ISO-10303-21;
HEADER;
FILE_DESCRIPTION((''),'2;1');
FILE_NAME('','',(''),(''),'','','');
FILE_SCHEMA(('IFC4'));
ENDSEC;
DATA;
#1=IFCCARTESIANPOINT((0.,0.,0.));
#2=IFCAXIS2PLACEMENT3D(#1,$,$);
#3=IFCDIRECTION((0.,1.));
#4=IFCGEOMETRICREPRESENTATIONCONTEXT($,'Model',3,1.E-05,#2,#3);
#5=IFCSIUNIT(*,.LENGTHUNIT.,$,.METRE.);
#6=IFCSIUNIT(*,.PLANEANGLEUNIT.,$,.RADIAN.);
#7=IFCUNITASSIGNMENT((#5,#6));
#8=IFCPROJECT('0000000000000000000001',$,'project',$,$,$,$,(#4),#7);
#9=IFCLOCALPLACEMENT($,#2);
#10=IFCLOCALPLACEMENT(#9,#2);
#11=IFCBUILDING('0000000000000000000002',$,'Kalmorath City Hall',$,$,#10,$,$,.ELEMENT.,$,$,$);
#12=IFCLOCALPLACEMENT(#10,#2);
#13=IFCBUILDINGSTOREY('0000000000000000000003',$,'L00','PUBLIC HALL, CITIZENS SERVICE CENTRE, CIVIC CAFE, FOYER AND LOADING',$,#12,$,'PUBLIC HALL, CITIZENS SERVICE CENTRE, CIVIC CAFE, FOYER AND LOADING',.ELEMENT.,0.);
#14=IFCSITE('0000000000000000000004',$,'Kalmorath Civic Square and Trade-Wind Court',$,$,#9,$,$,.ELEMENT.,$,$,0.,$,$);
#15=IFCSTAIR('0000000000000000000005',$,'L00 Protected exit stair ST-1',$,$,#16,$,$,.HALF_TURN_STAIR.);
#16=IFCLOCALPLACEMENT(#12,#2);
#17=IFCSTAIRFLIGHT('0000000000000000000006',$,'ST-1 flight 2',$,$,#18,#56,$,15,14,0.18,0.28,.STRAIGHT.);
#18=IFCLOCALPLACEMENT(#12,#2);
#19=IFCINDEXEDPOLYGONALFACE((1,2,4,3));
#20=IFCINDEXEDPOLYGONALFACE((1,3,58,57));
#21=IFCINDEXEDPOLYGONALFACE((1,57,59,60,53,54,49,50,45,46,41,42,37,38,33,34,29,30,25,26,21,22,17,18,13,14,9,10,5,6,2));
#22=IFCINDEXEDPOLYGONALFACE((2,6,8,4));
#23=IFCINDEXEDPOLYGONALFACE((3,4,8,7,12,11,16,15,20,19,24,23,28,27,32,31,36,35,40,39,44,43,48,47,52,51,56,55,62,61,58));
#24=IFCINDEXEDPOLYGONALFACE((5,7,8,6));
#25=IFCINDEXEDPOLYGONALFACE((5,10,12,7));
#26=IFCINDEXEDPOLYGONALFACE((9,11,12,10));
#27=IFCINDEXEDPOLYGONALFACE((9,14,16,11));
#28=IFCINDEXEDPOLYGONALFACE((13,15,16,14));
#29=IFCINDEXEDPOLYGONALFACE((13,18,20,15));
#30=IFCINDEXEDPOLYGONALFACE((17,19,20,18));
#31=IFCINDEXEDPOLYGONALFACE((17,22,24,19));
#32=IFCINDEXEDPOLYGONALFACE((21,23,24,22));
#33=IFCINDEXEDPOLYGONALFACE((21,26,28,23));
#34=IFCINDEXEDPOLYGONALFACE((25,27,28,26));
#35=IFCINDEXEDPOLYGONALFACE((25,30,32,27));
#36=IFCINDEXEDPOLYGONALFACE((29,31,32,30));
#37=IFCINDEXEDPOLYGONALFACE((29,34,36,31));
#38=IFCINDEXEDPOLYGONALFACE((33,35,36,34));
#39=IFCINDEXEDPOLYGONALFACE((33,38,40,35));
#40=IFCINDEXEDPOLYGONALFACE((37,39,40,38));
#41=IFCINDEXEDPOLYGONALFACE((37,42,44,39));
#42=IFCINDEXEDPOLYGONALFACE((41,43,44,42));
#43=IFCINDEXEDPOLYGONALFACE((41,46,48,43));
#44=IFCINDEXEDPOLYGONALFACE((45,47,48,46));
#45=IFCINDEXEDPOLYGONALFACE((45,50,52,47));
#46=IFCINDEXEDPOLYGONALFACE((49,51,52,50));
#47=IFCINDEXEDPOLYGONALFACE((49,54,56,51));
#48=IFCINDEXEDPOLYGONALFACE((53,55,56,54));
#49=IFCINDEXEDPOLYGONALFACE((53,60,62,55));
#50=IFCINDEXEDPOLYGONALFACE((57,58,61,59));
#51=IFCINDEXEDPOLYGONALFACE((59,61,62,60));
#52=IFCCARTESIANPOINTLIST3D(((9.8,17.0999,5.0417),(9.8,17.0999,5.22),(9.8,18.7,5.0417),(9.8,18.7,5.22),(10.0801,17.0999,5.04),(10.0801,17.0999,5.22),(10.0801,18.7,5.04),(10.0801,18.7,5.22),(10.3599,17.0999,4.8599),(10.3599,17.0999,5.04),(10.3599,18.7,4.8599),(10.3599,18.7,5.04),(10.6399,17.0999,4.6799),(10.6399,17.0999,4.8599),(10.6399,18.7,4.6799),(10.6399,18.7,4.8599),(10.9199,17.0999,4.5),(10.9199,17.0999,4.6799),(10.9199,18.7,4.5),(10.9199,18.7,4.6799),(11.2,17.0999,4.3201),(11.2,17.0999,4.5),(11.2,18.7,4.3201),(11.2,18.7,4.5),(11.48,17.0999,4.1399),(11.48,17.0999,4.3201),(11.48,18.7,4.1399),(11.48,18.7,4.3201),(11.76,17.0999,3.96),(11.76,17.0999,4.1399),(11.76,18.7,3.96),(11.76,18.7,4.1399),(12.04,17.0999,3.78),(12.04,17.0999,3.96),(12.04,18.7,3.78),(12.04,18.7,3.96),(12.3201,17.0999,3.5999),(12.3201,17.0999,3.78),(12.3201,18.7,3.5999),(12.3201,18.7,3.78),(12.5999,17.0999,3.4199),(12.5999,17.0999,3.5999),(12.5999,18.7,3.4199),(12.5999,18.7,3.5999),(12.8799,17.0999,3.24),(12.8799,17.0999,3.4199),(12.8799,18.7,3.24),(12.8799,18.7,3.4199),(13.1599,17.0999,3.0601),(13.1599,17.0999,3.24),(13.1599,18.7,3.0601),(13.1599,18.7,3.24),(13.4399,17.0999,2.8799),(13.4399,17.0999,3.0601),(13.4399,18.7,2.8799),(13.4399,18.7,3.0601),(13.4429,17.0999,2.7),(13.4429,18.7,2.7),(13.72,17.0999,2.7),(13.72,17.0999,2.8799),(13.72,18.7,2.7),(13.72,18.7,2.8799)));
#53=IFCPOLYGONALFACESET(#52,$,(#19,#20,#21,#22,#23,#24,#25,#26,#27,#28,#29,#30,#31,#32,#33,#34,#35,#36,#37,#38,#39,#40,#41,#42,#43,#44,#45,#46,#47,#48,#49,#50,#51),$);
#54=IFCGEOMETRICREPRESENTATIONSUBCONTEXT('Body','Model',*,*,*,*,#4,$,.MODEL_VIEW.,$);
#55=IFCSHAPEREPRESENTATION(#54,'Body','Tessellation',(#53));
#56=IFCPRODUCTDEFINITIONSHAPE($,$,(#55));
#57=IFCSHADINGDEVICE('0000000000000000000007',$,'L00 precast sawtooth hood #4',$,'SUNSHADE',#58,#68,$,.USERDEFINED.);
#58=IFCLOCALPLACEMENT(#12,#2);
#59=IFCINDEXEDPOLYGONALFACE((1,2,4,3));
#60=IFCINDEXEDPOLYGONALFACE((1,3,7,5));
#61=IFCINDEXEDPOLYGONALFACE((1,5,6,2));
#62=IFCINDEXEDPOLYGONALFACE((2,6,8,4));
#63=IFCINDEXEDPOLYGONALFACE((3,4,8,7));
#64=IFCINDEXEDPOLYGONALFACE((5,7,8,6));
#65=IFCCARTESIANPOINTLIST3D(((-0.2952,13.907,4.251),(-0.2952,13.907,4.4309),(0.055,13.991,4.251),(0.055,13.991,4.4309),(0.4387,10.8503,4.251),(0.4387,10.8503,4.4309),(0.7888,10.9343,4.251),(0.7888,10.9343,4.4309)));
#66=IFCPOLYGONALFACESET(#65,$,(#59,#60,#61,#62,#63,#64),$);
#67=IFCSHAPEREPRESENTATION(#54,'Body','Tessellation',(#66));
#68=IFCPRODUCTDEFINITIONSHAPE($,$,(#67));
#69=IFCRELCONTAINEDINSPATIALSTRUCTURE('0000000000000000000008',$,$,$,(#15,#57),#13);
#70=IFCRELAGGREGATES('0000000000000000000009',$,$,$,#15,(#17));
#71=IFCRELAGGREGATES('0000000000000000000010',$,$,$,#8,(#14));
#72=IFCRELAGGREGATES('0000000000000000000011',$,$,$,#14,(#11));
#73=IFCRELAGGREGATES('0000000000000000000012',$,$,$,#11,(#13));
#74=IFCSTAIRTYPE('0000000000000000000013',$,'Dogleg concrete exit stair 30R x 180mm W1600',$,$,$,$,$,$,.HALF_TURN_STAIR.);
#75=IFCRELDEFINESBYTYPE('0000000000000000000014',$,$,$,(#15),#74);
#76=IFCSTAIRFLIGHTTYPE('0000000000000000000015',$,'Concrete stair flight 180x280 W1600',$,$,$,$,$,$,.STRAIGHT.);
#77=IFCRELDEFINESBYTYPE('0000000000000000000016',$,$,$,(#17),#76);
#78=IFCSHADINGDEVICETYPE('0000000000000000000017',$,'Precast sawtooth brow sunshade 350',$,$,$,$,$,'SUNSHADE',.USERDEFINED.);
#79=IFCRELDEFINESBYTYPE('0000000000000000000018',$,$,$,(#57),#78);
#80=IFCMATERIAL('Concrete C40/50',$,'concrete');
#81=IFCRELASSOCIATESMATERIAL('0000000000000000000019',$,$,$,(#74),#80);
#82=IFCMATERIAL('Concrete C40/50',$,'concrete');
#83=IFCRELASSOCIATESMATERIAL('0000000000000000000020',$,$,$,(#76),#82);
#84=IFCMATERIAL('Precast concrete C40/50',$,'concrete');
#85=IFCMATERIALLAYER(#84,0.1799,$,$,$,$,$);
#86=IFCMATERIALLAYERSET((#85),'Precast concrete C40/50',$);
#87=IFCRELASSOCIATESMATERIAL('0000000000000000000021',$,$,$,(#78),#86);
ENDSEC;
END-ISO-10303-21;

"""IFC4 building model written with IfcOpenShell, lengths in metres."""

from ifc_helpers import new_model, si_unit, direction, frame, origin, origin_2d, place, context, subcontext, project, spatial, polyline, rectangle, outline, extrude, material, layer, layer_set, type_object, element, aggregate, save


model = new_model("IFC4")

# Units and contexts
model_context = context("Model", 3, precision=1e-05, world=origin(), true_north=direction((0.0, 1.0)))
body_context = subcontext(model_context, "Body", "Model", "MODEL_VIEW")
ifc_project = project(units=[si_unit("LENGTHUNIT", "METRE"), si_unit("PLANEANGLEUNIT", "RADIAN")], contexts=[model_context])

# Site, building, storey
site_placement = place(None, origin())
site = spatial("IfcSite", under=ifc_project, at=site_placement, Name="Kalmorath Civic Square and Trade-Wind Court", CompositionType="ELEMENT", RefElevation=0.0)
building_placement = place(site_placement, origin())
building = spatial("IfcBuilding", under=site, at=building_placement, Name="Kalmorath City Hall", CompositionType="ELEMENT")
storey_placement = place(building_placement, origin())
storey = spatial("IfcBuildingStorey", under=building, at=storey_placement, Name="L00", Description="PUBLIC HALL, CITIZENS SERVICE CENTRE, CIVIC CAFE, FOYER AND LOADING", LongName="PUBLIC HALL, CITIZENS SERVICE CENTRE, CIVIC CAFE, FOYER AND LOADING", CompositionType="ELEMENT", Elevation=0.0)

# Stair, stair flight
ifc_material_1 = material(Name="Concrete C40/50", Category="concrete")
stair_type = type_object("IfcStairType", Name="Dogleg concrete exit stair 30R x 180mm W1600", PredefinedType="HALF_TURN_STAIR", material=ifc_material_1)
stair_placement = place(storey_placement, origin())
stair = element("IfcStair", 1, at=stair_placement, inside=storey, type_object=stair_type, Name="L00 Protected exit stair ST-1", PredefinedType="HALF_TURN_STAIR")
ifc_material_2 = material(Name="Concrete C40/50", Category="concrete")
stair_flight_type = type_object("IfcStairFlightType", Name="Concrete stair flight 180x280 W1600", PredefinedType="STRAIGHT", material=ifc_material_2)
stair_flight_1_placement = place(storey_placement, frame((13.72, 17.8999, 2.7), z_axis=(0.0, 0.0, 1.0), x_axis=(-1.0, 0.0, 0.0)))
stair_flight_1 = element("IfcStairFlight", 2, at=stair_flight_1_placement, type_object=stair_flight_type, Name="ST-1 flight 2", NumberOfRisers=15, NumberOfTreads=14, PredefinedType="STRAIGHT", RiserHeight=0.18, TreadLength=0.28, context=body_context, shape_type="SweptSolid", body=[
    extrude(outline(polyline([(0.0, 0.0), (0.0, 0.1799), (0.28, 0.1799), (0.28, 0.3601), (0.5601, 0.3601), (0.5601, 0.54), (0.8401, 0.54), (0.8401, 0.72), (1.1201, 0.72), (1.1201, 0.8999), (1.3999, 0.8999), (1.3999, 1.0801), (1.6799, 1.0801), (1.6799, 1.26), (1.96, 1.26), (1.96, 1.4399), (2.24, 1.4399), (2.24, 1.6201), (2.52, 1.6201), (2.52, 1.8), (2.8, 1.8), (2.8, 1.98), (3.0801, 1.98), (3.0801, 2.1599), (3.3601, 2.1599), (3.3601, 2.3401), (3.6399, 2.3401), (3.6399, 2.52), (3.9199, 2.52), (3.9199, 2.7), (3.9199, 2.3418), (0.2771, 0.0), (0.0, 0.0)])), frame((0.0, 0.8, 0.0), z_axis=(0.0, -1.0, 0.0), x_axis=(1.0, 0.0, 0.0)), (0.0, 0.0, 1.0), 1.6001),
])
aggregate(stair, [stair_flight_1])

# Shading device
ifc_material_3 = material(Name="Precast concrete C40/50", Category="concrete")
ifc_layer_1 = layer(ifc_material_3, 0.1799)
ifc_layer_set_1 = layer_set([ifc_layer_1], Name="Precast concrete C40/50")
shading_device_type = type_object("IfcShadingDeviceType", Name="Precast sawtooth brow sunshade 350", ElementType="SUNSHADE", PredefinedType="USERDEFINED", material=ifc_layer_set_1)
shading_device_placement = place(storey_placement, frame((0.2468, 12.4207, 4.251), z_axis=(0.0, 0.0, 1.0), x_axis=(-0.233445, 0.97237, 0.0)))
element("IfcShadingDevice", 3, at=shading_device_placement, inside=storey, type_object=shading_device_type, Name="L00 precast sawtooth hood #4", ObjectType="SUNSHADE", PredefinedType="USERDEFINED", context=body_context, shape_type="SweptSolid", body=[
    extrude(rectangle(XDim=3.1436, YDim=0.3601, at=origin_2d()), origin(), (0.0, 0.0, 1.0), 0.1799),
])

save(model, "model.ifc")
